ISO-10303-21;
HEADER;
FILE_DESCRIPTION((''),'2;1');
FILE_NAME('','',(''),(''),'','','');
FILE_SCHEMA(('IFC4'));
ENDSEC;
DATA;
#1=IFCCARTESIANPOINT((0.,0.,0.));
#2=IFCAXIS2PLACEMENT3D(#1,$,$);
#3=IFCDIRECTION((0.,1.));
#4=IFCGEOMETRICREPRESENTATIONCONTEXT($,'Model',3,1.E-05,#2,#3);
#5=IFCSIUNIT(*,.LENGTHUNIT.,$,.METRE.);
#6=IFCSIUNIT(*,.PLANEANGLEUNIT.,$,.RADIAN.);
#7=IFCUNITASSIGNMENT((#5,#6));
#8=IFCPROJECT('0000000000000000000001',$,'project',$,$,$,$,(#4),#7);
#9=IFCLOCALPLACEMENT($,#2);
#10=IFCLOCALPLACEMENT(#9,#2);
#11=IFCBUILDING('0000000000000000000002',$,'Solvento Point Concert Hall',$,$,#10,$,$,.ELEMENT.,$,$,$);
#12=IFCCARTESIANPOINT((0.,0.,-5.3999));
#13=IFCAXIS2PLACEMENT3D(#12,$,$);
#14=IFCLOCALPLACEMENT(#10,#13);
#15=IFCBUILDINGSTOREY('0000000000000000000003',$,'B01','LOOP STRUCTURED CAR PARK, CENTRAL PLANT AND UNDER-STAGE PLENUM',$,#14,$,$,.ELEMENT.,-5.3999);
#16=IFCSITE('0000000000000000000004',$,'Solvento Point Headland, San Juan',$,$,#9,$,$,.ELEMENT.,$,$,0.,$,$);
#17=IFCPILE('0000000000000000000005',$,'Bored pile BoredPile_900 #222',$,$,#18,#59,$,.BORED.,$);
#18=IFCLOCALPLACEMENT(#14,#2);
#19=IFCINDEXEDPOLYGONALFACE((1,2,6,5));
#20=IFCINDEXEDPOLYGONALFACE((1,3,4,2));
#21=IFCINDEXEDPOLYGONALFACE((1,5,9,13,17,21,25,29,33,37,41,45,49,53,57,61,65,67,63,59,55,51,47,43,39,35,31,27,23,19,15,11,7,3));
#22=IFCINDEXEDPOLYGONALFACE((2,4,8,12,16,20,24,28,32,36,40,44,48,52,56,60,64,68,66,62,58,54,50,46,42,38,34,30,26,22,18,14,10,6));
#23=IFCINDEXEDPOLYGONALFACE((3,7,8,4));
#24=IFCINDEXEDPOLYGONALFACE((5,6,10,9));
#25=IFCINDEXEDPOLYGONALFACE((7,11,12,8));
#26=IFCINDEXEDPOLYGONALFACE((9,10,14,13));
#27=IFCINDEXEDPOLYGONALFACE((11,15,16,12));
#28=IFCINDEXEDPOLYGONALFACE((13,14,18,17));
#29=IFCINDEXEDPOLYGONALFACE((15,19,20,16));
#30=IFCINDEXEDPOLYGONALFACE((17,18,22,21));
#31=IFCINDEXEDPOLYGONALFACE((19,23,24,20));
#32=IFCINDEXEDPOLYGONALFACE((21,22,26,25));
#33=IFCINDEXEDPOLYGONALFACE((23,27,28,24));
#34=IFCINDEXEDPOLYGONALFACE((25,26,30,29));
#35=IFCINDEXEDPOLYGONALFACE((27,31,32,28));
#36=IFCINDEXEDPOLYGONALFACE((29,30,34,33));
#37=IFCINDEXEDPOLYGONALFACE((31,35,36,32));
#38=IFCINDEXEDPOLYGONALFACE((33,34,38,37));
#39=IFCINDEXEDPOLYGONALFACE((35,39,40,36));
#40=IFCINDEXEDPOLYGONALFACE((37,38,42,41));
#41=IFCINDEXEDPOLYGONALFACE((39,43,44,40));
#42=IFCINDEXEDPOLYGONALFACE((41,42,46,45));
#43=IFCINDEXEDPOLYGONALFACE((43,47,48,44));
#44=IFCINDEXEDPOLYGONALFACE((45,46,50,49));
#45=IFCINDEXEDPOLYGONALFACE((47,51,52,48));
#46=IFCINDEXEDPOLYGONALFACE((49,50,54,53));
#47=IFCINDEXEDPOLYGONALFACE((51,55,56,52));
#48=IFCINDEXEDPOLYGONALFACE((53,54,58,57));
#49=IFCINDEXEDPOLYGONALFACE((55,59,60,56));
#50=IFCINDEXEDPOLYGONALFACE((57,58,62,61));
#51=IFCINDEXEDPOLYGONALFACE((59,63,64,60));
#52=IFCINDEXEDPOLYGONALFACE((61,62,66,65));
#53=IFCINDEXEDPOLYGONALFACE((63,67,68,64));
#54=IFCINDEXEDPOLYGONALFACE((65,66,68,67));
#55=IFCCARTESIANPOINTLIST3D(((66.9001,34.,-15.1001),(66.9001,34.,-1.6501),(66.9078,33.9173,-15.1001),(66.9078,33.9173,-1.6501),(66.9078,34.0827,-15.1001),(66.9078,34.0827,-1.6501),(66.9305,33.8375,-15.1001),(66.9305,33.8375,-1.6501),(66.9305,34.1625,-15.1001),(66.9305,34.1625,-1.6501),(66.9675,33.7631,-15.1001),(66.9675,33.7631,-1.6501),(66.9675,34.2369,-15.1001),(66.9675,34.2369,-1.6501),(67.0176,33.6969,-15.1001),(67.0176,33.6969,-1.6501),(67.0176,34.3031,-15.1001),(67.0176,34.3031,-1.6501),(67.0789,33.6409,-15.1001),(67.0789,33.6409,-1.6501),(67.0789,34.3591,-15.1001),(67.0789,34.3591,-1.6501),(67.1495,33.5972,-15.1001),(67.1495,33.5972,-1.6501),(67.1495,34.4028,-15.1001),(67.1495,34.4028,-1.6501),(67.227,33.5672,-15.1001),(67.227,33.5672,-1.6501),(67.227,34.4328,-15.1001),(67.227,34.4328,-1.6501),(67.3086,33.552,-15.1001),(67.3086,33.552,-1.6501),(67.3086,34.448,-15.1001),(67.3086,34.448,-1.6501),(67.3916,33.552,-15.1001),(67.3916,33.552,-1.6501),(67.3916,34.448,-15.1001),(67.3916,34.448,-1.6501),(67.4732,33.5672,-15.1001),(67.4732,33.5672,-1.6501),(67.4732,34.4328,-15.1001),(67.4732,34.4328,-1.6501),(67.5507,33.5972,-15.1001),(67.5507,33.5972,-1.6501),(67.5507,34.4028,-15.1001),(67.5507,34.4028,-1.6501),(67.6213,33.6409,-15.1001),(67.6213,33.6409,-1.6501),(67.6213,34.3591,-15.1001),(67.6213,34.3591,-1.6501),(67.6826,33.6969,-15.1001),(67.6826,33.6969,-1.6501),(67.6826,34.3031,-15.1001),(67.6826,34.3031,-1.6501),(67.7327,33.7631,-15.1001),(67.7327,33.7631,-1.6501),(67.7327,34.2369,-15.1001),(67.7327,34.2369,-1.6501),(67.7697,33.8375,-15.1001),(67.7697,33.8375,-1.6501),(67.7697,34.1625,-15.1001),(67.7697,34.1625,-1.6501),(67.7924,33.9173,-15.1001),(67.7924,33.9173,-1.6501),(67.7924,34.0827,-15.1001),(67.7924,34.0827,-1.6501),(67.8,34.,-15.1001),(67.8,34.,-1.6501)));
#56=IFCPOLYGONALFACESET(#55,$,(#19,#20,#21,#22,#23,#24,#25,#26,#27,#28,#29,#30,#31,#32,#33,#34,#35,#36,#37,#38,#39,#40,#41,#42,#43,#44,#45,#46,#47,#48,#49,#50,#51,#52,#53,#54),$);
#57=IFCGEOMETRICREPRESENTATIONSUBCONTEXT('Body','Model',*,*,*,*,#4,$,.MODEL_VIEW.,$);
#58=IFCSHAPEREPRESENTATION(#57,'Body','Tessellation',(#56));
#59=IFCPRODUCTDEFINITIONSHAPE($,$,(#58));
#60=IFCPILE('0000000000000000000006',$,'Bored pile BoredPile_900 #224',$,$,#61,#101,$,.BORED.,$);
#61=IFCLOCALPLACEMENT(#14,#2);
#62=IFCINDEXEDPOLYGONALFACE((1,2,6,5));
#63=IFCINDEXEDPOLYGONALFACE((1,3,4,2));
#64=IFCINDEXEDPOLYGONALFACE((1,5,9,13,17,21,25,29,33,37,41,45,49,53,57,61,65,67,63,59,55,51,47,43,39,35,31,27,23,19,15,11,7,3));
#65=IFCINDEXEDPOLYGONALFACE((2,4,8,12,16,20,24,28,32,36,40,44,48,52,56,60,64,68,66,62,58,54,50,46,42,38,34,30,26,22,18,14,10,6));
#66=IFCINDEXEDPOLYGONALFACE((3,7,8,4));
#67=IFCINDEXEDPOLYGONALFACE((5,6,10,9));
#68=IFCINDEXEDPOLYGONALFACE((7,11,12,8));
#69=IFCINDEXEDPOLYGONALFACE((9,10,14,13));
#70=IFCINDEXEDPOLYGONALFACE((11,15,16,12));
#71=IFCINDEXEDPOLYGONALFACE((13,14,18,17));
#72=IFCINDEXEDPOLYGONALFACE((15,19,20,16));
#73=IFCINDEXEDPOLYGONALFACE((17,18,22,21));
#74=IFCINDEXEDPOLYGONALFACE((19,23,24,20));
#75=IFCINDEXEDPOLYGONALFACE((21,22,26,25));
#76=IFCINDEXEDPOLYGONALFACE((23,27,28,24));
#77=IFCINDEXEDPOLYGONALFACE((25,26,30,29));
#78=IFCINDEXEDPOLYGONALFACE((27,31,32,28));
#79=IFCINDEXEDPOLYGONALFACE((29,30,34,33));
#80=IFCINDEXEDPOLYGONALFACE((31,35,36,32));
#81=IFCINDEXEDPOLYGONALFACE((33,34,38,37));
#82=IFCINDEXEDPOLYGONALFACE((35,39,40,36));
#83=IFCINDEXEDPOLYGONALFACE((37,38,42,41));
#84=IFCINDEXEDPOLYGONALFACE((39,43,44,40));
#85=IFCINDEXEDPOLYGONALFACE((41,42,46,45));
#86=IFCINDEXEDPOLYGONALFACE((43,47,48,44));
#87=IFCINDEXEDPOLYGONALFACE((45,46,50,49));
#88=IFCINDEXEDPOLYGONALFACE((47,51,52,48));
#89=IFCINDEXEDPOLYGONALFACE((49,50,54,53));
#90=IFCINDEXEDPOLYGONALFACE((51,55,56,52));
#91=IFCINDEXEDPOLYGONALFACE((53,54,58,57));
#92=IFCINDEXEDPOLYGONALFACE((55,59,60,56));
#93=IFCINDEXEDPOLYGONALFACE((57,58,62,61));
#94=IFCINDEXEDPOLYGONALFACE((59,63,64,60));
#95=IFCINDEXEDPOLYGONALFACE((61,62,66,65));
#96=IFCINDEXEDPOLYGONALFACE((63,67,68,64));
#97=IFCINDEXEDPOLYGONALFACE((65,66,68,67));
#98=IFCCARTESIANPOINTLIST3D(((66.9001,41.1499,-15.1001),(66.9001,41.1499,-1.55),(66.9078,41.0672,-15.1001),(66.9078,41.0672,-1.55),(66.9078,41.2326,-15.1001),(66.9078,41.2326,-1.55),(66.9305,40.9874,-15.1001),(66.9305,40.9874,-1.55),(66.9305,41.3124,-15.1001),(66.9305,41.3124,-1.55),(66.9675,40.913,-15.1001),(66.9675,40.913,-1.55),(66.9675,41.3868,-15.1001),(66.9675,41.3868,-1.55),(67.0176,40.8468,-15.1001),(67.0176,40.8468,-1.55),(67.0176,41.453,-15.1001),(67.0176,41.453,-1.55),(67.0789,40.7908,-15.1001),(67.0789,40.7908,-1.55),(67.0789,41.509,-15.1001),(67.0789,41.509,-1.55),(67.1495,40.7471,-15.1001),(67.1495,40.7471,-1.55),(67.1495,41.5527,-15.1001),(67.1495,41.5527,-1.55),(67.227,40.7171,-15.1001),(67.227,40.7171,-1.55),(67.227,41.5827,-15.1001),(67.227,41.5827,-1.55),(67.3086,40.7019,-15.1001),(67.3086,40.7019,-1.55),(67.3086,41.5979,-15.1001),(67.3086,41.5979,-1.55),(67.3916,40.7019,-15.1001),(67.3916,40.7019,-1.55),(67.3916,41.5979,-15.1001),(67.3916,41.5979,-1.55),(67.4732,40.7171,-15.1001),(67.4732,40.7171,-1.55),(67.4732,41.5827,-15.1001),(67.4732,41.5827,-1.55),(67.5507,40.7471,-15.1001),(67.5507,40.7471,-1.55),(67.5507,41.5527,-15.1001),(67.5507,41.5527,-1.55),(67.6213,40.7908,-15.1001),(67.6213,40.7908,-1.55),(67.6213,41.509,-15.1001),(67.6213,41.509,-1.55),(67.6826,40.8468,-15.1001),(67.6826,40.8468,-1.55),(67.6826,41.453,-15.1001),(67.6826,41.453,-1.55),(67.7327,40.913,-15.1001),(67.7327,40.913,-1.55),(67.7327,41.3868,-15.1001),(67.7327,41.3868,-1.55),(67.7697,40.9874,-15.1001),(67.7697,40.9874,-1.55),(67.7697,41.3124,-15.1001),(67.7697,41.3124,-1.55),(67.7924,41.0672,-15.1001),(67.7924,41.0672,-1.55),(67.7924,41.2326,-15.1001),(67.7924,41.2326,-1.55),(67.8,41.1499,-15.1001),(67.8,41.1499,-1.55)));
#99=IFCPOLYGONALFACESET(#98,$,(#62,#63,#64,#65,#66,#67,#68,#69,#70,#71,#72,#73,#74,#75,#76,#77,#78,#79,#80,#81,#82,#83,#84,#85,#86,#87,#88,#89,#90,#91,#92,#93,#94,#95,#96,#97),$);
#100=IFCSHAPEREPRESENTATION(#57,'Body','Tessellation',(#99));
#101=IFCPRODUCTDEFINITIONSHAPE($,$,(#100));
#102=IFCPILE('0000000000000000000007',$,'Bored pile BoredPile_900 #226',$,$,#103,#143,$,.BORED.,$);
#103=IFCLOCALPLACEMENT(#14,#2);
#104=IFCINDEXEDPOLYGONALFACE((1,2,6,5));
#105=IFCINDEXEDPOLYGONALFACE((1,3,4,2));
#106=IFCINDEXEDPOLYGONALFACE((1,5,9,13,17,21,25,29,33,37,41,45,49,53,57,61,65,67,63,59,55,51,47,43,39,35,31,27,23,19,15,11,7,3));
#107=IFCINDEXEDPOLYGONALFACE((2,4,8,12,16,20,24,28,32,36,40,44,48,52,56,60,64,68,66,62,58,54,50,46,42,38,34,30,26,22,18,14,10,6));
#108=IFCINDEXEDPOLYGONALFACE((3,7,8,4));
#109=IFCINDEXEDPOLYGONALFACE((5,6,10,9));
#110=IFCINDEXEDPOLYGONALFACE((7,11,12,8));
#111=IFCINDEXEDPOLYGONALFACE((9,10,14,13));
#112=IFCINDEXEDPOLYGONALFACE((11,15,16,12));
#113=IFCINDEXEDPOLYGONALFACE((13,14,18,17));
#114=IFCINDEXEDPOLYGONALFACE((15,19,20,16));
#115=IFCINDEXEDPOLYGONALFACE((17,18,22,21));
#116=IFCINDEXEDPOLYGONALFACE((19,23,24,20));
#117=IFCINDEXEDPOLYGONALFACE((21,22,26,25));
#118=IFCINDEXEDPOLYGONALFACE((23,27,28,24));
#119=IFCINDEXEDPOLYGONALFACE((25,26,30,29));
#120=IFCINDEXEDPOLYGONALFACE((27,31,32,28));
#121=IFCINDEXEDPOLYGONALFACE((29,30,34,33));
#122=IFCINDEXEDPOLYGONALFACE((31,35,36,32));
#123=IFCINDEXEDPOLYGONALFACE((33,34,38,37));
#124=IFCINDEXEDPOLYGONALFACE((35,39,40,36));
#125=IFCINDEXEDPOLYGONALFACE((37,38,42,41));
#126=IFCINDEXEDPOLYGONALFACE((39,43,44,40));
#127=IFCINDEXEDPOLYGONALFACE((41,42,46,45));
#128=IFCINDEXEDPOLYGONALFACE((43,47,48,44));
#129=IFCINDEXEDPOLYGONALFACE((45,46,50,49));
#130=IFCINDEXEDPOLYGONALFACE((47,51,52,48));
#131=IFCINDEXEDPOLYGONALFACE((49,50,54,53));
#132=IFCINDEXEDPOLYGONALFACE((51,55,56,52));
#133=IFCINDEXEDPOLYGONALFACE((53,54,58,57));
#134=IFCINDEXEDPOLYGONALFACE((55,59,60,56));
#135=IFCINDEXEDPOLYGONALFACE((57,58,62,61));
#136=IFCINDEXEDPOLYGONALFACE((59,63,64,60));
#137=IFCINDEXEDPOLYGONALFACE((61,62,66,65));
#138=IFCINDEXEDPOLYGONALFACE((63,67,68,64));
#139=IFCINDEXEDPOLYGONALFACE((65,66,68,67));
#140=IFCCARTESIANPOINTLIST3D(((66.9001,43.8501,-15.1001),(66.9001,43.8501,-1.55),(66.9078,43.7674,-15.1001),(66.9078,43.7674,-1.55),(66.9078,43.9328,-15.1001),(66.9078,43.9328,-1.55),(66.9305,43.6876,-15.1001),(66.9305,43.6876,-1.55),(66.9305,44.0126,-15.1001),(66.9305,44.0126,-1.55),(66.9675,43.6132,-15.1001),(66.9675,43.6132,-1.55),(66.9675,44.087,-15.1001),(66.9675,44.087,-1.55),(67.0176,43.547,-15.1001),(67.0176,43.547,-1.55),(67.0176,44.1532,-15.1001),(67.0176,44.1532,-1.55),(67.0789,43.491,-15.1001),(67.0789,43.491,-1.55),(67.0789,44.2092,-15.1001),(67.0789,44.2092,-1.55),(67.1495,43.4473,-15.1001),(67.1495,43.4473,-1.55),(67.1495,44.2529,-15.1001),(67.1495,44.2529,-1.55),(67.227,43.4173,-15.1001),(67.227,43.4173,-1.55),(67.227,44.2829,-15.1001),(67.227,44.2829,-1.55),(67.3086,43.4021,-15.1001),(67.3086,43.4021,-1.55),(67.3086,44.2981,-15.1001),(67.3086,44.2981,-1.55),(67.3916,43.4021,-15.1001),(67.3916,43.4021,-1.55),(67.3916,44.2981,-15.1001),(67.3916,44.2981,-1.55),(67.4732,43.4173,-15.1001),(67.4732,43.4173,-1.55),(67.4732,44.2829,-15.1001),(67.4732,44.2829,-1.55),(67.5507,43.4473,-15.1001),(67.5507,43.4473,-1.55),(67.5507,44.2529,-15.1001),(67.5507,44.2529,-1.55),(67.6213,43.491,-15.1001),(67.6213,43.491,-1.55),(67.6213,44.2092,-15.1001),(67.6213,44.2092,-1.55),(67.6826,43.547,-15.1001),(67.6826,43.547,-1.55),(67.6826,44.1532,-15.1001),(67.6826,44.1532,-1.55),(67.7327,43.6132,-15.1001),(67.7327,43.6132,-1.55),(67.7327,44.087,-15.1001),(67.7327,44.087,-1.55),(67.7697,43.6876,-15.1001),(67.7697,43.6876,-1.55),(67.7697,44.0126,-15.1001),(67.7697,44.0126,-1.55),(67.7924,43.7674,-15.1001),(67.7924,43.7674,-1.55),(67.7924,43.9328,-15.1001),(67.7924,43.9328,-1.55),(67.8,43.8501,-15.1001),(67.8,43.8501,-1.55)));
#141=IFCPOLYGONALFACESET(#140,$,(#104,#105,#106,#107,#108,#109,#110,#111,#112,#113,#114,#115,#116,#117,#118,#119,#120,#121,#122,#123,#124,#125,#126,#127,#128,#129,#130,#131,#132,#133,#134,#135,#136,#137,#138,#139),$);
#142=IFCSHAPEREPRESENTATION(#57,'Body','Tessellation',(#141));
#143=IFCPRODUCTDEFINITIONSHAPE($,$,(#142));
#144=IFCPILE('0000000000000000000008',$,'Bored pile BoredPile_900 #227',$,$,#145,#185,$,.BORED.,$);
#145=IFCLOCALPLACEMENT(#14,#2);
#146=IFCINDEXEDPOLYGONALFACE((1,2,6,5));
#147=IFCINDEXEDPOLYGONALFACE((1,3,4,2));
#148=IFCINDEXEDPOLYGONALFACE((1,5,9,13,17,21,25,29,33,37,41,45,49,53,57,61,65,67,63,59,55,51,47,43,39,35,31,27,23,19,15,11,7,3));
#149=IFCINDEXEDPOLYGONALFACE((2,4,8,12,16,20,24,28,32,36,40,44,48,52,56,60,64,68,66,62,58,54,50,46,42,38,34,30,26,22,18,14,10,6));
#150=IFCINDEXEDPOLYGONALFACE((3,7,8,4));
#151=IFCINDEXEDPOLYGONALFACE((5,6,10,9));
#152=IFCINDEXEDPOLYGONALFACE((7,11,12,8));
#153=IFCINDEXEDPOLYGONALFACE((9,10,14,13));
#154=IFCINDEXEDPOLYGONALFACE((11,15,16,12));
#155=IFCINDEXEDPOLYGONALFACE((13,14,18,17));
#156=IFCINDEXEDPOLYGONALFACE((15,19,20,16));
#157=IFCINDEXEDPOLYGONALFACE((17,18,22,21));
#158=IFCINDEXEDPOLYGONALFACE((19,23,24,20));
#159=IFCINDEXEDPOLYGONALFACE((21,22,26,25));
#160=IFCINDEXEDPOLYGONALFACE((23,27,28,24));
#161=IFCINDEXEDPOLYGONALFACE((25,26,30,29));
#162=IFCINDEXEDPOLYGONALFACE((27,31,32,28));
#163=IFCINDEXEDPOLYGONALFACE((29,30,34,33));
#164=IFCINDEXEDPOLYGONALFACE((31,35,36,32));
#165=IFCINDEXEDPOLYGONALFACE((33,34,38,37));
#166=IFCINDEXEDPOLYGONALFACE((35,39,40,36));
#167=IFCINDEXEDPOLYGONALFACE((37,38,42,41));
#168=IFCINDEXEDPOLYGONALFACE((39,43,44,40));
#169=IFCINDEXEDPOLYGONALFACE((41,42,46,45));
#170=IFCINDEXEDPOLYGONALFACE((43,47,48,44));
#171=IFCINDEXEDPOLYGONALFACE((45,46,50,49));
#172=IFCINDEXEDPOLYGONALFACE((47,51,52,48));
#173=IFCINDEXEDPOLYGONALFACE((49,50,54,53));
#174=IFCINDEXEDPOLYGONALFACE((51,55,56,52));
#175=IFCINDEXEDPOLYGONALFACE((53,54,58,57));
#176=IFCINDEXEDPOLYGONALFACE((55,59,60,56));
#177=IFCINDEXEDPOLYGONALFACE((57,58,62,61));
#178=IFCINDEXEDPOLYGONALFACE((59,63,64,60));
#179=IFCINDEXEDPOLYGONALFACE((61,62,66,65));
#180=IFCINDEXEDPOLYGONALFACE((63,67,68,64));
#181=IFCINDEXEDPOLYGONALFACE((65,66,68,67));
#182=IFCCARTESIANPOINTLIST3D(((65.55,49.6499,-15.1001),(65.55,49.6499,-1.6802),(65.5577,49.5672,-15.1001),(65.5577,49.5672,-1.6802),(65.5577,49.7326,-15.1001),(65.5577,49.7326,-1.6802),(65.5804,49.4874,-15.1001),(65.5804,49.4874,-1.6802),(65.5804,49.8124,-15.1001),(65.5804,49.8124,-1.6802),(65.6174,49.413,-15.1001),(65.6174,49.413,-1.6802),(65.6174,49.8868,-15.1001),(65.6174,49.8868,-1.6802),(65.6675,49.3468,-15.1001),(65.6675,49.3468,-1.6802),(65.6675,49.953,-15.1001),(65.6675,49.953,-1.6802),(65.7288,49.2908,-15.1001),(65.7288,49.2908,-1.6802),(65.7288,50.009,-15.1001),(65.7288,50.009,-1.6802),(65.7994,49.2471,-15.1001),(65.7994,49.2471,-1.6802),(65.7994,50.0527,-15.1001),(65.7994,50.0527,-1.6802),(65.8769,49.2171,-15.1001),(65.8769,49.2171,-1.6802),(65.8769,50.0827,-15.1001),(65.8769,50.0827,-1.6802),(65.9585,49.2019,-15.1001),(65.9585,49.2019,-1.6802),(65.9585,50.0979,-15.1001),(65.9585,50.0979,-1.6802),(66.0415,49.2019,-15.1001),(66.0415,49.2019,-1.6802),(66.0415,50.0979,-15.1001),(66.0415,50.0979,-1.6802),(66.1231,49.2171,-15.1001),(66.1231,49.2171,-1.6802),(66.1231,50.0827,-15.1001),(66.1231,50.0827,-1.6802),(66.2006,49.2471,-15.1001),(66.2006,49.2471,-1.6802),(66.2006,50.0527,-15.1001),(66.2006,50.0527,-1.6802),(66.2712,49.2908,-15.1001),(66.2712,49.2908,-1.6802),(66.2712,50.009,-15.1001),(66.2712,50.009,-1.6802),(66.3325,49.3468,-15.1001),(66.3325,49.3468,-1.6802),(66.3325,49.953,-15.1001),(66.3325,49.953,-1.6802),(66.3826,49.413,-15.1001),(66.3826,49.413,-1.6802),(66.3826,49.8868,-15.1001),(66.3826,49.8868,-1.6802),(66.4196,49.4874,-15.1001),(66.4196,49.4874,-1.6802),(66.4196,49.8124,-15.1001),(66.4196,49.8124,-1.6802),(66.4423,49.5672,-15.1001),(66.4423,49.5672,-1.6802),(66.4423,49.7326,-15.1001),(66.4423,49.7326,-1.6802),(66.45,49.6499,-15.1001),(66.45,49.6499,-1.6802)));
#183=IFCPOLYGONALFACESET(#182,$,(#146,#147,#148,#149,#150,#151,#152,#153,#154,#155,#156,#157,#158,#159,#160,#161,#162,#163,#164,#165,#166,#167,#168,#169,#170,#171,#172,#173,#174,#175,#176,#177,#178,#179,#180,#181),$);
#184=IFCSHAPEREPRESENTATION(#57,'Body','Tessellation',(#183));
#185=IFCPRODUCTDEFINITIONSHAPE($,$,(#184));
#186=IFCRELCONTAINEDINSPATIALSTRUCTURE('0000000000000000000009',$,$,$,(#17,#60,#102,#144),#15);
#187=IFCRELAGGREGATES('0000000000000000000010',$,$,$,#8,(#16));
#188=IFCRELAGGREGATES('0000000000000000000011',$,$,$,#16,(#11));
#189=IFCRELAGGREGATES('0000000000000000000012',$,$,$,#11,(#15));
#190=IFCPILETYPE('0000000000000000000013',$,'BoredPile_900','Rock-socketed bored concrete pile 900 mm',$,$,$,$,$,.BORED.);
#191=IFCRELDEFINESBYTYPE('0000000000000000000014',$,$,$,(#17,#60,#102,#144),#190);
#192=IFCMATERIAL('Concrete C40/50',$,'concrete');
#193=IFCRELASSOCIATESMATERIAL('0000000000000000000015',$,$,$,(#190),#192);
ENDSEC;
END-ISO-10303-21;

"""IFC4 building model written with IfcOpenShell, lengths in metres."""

from ifc_helpers import new_model, si_unit, direction, frame, origin, origin_2d, place, context, subcontext, project, spatial, circle, extrude, material, material_profile, profile_set, type_object, element, save


model = new_model("IFC4")

# Units and contexts
model_context = context("Model", 3, precision=1e-05, world=origin(), true_north=direction((0.0, 1.0)))
body_context = subcontext(model_context, "Body", "Model", "MODEL_VIEW")
ifc_project = project(units=[si_unit("LENGTHUNIT", "METRE"), si_unit("PLANEANGLEUNIT", "RADIAN")], contexts=[model_context])

# Site, building, storey
site_placement = place(None, origin())
site = spatial("IfcSite", under=ifc_project, at=site_placement, Name="Solvento Point Headland, San Juan", CompositionType="ELEMENT", RefElevation=0.0)
building_placement = place(site_placement, origin())
building = spatial("IfcBuilding", under=site, at=building_placement, Name="Solvento Point Concert Hall", CompositionType="ELEMENT")
storey_placement = place(building_placement, frame((0.0, 0.0, -5.3999)))
storey = spatial("IfcBuildingStorey", under=building, at=storey_placement, Name="B01", Description="LOOP STRUCTURED CAR PARK, CENTRAL PLANT AND UNDER-STAGE PLENUM", CompositionType="ELEMENT", Elevation=-5.3999)

# Piles
ifc_material_1 = material(Name="Concrete C40/50", Category="concrete")
ifc_material_profile_1 = material_profile(ifc_material_1, circle(Radius=0.45, at=origin_2d()), Name="BP-900")
ifc_profile_set_1 = profile_set([ifc_material_profile_1], Name="Concrete C40/50")
pile_type_1 = type_object("IfcPileType", Name="BoredPile_900", Description="Rock-socketed bored concrete pile 900 mm", PredefinedType="BORED", material=ifc_profile_set_1)
pile_1_placement = place(storey_placement, frame((67.3501, 34.0, -1.6501), z_axis=(0.0, 0.0, -1.0), x_axis=(1.0, 0.0, 0.0)))
element("IfcPile", 1, at=pile_1_placement, inside=storey, type_object=pile_type_1, Name="Bored pile BoredPile_900 #222", PredefinedType="BORED", context=body_context, shape_type="SweptSolid", body=[
    extrude(circle(Radius=0.45, at=origin_2d()), origin(), (0.0, 0.0, 1.0), 13.45),
])
for number, where, z_axis, x_axis, name in (
    (2, (67.3501, 41.1499, -1.55), (0.0, 0.0, -1.0), (1.0, 0.0, 0.0), "Bored pile BoredPile_900 #224"),
    (3, (67.3501, 43.8501, -1.55), (0.0, 0.0, -1.0), (1.0, 0.0, 0.0), "Bored pile BoredPile_900 #226"),
):
    element("IfcPile", number, at=place(storey_placement, frame(where, z_axis=z_axis, x_axis=x_axis)), inside=storey, type_object=pile_type_1, Name=name, PredefinedType="BORED", context=body_context, shape_type="SweptSolid", body=[
        extrude(circle(Radius=0.45, at=origin_2d()), origin(), (0.0, 0.0, 1.0), 13.55),
    ])
for number, where, z_axis, x_axis, name in (
    (4, (66.0, 49.6499, -1.6802), (0.0, 0.0, -1.0), (1.0, 0.0, 0.0), "Bored pile BoredPile_900 #227"),
):
    element("IfcPile", number, at=place(storey_placement, frame(where, z_axis=z_axis, x_axis=x_axis)), inside=storey, type_object=pile_type_1, Name=name, PredefinedType="BORED", context=body_context, shape_type="SweptSolid", body=[
        extrude(circle(Radius=0.45, at=origin_2d()), origin(), (0.0, 0.0, 1.0), 13.4199),
    ])

save(model, "model.ifc")
